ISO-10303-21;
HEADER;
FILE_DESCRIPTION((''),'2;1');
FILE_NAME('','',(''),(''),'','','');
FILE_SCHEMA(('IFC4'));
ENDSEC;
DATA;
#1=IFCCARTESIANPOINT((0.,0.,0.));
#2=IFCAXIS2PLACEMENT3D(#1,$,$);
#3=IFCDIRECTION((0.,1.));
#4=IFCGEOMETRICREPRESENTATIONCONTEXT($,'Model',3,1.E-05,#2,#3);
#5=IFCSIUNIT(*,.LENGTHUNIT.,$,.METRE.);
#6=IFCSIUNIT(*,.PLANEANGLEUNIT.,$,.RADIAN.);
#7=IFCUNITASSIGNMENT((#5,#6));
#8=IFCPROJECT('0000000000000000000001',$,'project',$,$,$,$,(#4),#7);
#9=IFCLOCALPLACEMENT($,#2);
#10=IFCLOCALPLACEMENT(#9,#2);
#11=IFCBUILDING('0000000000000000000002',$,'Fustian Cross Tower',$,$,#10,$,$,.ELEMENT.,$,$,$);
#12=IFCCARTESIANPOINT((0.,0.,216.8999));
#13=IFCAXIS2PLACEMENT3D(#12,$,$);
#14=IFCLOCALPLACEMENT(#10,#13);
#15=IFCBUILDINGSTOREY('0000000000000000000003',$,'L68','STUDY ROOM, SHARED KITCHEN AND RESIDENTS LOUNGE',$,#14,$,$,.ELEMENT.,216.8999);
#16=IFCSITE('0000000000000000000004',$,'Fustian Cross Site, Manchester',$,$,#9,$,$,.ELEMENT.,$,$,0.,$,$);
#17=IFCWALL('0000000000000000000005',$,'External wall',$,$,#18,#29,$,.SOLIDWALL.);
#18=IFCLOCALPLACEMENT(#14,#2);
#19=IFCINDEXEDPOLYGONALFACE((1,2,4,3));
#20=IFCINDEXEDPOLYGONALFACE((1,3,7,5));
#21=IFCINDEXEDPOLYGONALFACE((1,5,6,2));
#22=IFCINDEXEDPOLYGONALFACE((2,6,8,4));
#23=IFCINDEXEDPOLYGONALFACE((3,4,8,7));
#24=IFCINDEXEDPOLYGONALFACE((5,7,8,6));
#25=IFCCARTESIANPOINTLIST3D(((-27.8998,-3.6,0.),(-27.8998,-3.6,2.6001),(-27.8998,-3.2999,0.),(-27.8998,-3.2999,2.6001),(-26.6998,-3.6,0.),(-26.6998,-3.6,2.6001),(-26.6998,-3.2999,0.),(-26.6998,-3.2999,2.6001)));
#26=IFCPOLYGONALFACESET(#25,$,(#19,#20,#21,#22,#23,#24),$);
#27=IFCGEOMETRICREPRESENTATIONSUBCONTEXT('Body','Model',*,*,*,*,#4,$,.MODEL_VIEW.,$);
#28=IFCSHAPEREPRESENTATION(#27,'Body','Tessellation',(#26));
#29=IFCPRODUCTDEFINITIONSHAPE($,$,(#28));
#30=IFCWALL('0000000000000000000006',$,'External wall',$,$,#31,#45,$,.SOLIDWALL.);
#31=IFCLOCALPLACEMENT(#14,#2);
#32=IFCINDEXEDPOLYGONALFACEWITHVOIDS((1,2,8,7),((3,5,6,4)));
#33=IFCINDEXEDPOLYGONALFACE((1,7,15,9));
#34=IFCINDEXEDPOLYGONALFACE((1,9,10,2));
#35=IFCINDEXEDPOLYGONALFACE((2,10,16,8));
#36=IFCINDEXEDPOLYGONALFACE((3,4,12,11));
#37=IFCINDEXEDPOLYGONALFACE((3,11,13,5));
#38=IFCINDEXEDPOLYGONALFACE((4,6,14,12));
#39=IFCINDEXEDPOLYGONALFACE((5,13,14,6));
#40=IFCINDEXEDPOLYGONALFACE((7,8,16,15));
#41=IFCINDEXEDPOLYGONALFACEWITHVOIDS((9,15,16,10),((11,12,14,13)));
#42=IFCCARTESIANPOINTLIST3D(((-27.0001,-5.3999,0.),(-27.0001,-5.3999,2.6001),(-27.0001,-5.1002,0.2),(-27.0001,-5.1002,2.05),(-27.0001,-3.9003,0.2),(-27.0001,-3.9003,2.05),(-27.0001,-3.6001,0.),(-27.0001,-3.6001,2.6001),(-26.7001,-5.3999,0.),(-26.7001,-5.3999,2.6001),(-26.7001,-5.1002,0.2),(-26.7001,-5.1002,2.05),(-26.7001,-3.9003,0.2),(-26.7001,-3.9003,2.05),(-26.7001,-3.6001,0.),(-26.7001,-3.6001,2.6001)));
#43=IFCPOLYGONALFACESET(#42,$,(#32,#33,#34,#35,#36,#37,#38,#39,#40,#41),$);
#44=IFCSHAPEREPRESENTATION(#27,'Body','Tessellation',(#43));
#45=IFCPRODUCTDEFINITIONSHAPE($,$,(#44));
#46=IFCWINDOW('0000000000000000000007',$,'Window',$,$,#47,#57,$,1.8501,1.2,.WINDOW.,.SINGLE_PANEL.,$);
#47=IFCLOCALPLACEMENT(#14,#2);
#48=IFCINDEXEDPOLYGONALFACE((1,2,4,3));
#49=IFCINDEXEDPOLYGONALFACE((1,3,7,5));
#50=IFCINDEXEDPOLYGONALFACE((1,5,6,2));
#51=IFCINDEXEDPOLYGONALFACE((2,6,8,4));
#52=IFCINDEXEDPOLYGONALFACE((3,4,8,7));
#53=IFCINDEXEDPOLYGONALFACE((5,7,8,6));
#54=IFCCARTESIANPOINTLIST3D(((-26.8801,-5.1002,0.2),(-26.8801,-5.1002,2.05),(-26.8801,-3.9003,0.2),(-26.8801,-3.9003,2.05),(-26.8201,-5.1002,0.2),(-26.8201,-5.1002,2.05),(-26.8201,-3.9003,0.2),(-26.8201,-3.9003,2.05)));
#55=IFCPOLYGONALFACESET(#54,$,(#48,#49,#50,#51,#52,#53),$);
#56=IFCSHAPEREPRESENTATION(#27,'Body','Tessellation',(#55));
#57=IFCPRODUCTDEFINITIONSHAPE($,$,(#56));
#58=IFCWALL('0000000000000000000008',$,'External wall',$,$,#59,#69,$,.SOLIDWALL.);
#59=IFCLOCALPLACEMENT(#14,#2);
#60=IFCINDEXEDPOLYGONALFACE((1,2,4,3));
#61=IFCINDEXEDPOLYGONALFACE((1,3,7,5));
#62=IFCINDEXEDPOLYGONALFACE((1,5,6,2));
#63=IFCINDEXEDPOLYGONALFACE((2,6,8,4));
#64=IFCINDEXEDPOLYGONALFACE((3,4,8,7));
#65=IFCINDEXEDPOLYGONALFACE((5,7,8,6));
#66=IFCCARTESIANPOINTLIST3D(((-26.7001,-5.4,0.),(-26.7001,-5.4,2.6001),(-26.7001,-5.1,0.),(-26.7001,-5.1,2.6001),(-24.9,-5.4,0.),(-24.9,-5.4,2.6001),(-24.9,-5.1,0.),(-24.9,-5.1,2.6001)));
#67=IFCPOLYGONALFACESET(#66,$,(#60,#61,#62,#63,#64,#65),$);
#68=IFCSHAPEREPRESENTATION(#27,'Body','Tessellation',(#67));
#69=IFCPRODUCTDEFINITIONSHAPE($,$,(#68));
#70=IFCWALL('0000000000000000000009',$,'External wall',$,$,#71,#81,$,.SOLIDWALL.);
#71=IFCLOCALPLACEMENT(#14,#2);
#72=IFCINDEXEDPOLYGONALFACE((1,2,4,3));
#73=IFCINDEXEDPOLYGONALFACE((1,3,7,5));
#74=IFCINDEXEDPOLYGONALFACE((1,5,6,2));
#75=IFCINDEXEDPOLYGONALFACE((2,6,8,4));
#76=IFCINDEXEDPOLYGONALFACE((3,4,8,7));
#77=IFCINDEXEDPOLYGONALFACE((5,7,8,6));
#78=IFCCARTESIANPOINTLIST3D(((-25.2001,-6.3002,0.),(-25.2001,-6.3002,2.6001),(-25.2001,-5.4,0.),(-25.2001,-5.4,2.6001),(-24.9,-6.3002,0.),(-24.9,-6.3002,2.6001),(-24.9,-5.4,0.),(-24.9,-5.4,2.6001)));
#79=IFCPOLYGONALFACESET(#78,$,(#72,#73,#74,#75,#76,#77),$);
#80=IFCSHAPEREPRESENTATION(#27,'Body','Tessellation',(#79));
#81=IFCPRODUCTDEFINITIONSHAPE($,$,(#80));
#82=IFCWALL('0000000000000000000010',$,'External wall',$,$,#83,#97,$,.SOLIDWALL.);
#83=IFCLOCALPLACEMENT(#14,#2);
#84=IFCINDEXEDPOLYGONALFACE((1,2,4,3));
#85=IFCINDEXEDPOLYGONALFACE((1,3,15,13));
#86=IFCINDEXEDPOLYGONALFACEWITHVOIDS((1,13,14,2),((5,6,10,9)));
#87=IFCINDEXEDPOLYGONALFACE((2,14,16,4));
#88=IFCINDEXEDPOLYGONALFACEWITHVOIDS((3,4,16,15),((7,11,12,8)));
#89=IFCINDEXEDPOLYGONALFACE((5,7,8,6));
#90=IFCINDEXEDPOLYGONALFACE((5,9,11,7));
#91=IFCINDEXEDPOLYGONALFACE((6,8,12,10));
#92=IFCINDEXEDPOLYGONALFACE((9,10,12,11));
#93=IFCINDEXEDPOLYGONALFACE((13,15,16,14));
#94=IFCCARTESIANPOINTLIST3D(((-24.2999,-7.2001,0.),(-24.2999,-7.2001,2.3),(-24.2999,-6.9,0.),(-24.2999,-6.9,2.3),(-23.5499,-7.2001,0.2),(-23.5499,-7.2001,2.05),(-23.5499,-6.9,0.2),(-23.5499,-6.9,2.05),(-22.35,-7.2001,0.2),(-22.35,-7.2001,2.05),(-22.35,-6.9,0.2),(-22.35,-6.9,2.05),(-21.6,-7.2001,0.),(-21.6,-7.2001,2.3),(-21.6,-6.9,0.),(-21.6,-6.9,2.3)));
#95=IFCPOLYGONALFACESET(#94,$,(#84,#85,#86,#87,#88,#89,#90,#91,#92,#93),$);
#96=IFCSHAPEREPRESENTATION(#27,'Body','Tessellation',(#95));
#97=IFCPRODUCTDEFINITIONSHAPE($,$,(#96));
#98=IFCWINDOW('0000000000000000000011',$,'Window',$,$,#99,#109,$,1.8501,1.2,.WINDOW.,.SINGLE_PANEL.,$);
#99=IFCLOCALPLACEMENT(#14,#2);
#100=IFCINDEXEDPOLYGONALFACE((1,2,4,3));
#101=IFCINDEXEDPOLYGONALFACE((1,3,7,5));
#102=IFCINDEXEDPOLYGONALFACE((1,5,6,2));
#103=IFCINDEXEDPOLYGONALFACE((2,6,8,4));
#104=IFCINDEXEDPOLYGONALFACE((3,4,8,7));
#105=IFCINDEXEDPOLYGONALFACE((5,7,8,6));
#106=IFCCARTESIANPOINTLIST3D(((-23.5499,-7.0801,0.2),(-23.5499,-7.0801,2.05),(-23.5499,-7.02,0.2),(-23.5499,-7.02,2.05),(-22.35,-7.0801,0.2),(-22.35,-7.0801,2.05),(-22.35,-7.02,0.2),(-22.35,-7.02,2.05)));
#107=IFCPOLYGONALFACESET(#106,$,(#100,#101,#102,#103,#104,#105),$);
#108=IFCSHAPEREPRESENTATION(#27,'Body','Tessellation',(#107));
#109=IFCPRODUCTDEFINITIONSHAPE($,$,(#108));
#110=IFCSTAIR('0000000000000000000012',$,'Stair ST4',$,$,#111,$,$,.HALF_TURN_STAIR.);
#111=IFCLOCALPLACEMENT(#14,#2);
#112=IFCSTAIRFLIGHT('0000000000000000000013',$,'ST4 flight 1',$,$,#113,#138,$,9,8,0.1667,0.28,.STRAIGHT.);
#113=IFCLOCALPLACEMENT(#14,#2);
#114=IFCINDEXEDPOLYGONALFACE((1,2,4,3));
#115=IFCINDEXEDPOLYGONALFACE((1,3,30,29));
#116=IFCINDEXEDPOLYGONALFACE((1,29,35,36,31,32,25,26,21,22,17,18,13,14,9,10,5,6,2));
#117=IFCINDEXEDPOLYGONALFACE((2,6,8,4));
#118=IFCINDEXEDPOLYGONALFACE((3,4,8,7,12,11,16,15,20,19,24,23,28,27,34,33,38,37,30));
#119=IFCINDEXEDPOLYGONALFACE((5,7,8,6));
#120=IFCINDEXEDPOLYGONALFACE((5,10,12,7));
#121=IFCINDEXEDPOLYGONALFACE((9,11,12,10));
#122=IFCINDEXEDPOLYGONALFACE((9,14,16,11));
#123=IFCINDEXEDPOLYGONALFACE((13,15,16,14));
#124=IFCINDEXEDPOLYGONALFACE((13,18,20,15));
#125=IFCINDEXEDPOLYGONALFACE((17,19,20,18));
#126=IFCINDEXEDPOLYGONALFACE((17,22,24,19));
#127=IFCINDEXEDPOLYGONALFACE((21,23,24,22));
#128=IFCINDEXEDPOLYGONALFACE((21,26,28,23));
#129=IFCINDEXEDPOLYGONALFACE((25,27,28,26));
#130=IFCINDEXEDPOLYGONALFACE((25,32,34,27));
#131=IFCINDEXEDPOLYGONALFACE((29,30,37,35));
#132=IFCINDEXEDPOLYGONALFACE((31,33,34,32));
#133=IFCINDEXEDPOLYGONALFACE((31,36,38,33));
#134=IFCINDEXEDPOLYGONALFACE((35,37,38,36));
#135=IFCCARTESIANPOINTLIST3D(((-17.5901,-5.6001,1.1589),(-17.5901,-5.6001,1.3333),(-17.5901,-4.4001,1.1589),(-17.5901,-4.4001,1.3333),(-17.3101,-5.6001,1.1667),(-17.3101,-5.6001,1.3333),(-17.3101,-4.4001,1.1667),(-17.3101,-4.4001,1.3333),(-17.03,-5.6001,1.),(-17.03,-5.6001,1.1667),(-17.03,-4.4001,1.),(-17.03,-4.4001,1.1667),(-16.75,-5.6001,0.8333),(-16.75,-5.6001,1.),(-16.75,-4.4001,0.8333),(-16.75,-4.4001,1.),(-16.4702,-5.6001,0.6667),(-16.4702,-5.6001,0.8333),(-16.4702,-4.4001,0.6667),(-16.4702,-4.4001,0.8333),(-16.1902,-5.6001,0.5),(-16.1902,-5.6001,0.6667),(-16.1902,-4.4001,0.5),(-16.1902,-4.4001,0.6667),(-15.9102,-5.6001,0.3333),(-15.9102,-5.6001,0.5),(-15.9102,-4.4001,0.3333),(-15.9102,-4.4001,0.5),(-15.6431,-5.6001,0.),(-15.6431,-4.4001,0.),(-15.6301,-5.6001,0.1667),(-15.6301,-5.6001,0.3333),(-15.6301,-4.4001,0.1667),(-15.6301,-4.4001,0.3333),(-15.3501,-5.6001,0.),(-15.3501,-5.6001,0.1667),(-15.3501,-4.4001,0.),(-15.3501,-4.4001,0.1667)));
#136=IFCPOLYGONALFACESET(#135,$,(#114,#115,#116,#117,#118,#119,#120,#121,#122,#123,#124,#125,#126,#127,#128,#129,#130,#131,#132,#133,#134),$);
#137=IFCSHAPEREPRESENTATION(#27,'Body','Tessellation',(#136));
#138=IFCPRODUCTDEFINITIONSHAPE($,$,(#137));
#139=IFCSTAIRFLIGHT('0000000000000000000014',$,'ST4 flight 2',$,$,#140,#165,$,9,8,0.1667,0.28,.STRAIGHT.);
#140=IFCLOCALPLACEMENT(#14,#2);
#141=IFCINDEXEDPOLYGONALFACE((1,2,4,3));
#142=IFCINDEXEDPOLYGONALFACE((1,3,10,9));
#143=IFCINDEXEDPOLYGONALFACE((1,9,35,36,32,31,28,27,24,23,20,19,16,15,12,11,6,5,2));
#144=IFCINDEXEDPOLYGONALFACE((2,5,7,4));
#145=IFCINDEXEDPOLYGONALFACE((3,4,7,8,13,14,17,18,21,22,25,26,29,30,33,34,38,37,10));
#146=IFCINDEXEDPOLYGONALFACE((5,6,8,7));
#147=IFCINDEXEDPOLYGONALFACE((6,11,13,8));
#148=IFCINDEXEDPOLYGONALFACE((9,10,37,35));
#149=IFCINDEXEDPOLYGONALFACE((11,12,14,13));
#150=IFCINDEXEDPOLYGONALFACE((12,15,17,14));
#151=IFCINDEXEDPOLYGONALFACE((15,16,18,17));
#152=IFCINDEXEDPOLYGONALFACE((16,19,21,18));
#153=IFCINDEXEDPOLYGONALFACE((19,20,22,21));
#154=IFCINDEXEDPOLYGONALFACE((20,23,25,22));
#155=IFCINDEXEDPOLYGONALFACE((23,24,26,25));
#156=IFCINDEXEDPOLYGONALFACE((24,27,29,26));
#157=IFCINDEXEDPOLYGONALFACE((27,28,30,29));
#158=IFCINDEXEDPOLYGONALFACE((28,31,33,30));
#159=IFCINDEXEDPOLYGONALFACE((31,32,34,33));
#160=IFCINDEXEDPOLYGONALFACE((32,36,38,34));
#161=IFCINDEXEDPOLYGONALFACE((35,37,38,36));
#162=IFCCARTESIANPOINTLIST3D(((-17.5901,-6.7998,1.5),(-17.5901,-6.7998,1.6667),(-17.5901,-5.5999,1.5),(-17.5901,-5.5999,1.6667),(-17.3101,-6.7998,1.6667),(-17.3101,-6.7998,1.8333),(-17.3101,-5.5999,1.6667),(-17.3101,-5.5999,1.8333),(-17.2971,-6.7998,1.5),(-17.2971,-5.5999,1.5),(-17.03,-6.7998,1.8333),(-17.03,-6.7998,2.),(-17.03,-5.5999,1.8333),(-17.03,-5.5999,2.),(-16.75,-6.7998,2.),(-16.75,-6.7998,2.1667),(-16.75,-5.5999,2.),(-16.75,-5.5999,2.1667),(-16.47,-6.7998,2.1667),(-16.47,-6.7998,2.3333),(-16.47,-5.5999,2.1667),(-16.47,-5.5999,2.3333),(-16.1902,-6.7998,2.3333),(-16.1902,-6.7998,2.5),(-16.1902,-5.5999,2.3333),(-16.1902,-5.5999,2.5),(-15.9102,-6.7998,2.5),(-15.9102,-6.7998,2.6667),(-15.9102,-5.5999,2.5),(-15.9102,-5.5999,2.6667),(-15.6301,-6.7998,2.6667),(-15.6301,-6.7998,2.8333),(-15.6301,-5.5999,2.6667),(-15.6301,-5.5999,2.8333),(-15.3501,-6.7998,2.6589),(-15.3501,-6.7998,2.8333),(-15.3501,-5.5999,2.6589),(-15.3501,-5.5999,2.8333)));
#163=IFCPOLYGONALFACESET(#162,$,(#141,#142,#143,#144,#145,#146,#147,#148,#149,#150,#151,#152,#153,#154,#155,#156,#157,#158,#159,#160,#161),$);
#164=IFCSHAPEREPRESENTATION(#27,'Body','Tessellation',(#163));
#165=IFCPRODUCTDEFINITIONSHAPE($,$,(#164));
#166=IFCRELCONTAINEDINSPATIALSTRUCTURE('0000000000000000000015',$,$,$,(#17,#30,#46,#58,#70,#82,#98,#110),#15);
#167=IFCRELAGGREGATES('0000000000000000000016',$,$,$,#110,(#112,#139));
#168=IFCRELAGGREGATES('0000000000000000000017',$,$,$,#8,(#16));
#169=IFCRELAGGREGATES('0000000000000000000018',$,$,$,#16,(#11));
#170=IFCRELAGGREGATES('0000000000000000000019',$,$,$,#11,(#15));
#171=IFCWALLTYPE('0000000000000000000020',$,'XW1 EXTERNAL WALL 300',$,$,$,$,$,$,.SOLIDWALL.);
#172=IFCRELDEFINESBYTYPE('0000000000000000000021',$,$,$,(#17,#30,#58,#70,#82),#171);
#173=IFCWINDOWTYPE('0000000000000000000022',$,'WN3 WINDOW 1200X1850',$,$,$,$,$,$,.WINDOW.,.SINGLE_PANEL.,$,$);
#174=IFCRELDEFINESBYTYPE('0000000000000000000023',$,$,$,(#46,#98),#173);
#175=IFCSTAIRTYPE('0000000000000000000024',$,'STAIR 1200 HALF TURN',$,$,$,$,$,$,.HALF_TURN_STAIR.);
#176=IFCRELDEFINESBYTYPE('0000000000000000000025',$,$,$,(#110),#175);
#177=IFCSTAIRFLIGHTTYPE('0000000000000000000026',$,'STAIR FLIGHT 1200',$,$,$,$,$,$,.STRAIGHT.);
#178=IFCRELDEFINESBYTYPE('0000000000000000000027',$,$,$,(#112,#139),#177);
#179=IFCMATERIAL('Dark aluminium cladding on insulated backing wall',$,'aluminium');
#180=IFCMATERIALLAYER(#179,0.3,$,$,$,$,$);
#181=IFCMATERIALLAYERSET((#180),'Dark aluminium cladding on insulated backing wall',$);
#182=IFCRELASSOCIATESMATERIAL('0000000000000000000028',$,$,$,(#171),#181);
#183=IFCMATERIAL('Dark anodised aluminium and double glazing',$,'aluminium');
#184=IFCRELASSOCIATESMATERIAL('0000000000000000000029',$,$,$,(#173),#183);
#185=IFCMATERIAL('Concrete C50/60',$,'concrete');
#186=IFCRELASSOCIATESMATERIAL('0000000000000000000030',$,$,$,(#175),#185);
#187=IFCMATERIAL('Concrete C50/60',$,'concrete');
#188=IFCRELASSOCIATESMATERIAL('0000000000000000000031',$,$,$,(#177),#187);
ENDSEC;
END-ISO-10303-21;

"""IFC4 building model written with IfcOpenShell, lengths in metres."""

from ifc_helpers import new_model, si_unit, direction, frame, frame_2d, origin, place, context, subcontext, project, spatial, polyline, rectangle, outline, extrude, material, layer, layer_set, type_object, element, fill, aggregate, save


model = new_model("IFC4")

# Units and contexts
model_context = context("Model", 3, precision=1e-05, world=origin(), true_north=direction((0.0, 1.0)))
body_context = subcontext(model_context, "Body", "Model", "MODEL_VIEW")
ifc_project = project(units=[si_unit("LENGTHUNIT", "METRE"), si_unit("PLANEANGLEUNIT", "RADIAN")], contexts=[model_context])

# Site, building, storey
site_placement = place(None, origin())
site = spatial("IfcSite", under=ifc_project, at=site_placement, Name="Fustian Cross Site, Manchester", CompositionType="ELEMENT", RefElevation=0.0)
building_placement = place(site_placement, origin())
building = spatial("IfcBuilding", under=site, at=building_placement, Name="Fustian Cross Tower", CompositionType="ELEMENT")
storey_placement = place(building_placement, frame((0.0, 0.0, 216.8999)))
storey = spatial("IfcBuildingStorey", under=building, at=storey_placement, Name="L68", Description="STUDY ROOM, SHARED KITCHEN AND RESIDENTS LOUNGE", CompositionType="ELEMENT", Elevation=216.8999)

# Wall
ifc_material_1 = material(Name="Dark aluminium cladding on insulated backing wall", Category="aluminium")
ifc_layer_1 = layer(ifc_material_1, 0.3)
ifc_layer_set_1 = layer_set([ifc_layer_1], Name="Dark aluminium cladding on insulated backing wall")
wall_type_1 = type_object("IfcWallType", Name="XW1 EXTERNAL WALL 300", PredefinedType="SOLIDWALL", material=ifc_layer_set_1)
wall_1_placement = place(storey_placement, frame((-27.8999, -3.45, 0.0), z_axis=(0.0, 0.0, 1.0), x_axis=(1.0, 0.0, 0.0)))
element("IfcWall", 1, at=wall_1_placement, inside=storey, type_object=wall_type_1, Name="External wall", PredefinedType="SOLIDWALL", context=body_context, shape_type="SweptSolid", body=[
    extrude(rectangle(XDim=1.2, YDim=0.3, at=frame_2d((0.6001, 0.0))), origin(), (0.0, 0.0, 1.0), 2.6001),
])

# Wall, opening, window
wall_2_placement = place(storey_placement, frame((-26.8501, -3.6001, 0.0), z_axis=(0.0, 0.0, 1.0), x_axis=(0.0, -1.0, 0.0)))
wall_2 = element("IfcWall", 2, at=wall_2_placement, inside=storey, type_object=wall_type_1, Name="External wall", PredefinedType="SOLIDWALL", context=body_context, shape_type="SweptSolid", body=[
    extrude(rectangle(XDim=1.7998, YDim=0.3, at=frame_2d((0.8999, 0.0))), origin(), (0.0, 0.0, 1.0), 2.6001),
])
opening_1_placement = place(wall_2_placement, frame((0.3, 0.0, 0.2)))
opening_1 = element("IfcOpeningElement", 3, at=opening_1_placement, cuts=wall_2, PredefinedType="OPENING", context=body_context, shape_type="SweptSolid", body=[
    extrude(rectangle(XDim=1.2, YDim=1.8501, at=frame_2d((0.6001, 0.925))), frame((0.0, 0.1599, 0.0), z_axis=(0.0, -1.0, 0.0), x_axis=(1.0, 0.0, 0.0)), (0.0, 0.0, 1.0), 0.3201),
])
ifc_material_2 = material(Name="Dark anodised aluminium and double glazing", Category="aluminium")
window_type = type_object("IfcWindowType", Name="WN3 WINDOW 1200X1850", PartitioningType="SINGLE_PANEL", PredefinedType="WINDOW", material=ifc_material_2)
window_1_placement = place(opening_1_placement, origin())
window_1 = element("IfcWindow", 4, at=window_1_placement, inside=storey, type_object=window_type, Name="Window", OverallHeight=1.8501, OverallWidth=1.2, PartitioningType="SINGLE_PANEL", PredefinedType="WINDOW", context=body_context, shape_type="SweptSolid", body=[
    extrude(rectangle(XDim=1.2, YDim=1.8501, at=frame_2d((0.6001, 0.925))), frame((0.0, 0.03, 0.0), z_axis=(0.0, -1.0, 0.0), x_axis=(1.0, 0.0, 0.0)), (0.0, 0.0, 1.0), 0.0601),
])
fill(opening_1, window_1)

# Walls
wall_3_placement = place(storey_placement, frame((-26.7, -5.25, 0.0), z_axis=(0.0, 0.0, 1.0), x_axis=(1.0, 0.0, 0.0)))
element("IfcWall", 5, at=wall_3_placement, inside=storey, type_object=wall_type_1, Name="External wall", PredefinedType="SOLIDWALL", context=body_context, shape_type="SweptSolid", body=[
    extrude(rectangle(XDim=1.8, YDim=0.3, at=frame_2d((0.8999, 0.0))), origin(), (0.0, 0.0, 1.0), 2.6001),
])
wall_4_placement = place(storey_placement, frame((-25.05, -5.3999, 0.0), z_axis=(0.0, 0.0, 1.0), x_axis=(0.0, -1.0, 0.0)))
element("IfcWall", 6, at=wall_4_placement, inside=storey, type_object=wall_type_1, Name="External wall", PredefinedType="SOLIDWALL", context=body_context, shape_type="SweptSolid", body=[
    extrude(rectangle(XDim=0.9001, YDim=0.3, at=frame_2d((0.4502, 0.0))), origin(), (0.0, 0.0, 1.0), 2.6001),
])

# Wall, opening, window
wall_5_placement = place(storey_placement, frame((-24.3, -7.05, 0.0), z_axis=(0.0, 0.0, 1.0), x_axis=(1.0, 0.0, 0.0)))
wall_5 = element("IfcWall", 7, at=wall_5_placement, inside=storey, type_object=wall_type_1, Name="External wall", PredefinedType="SOLIDWALL", context=body_context, shape_type="SweptSolid", body=[
    extrude(rectangle(XDim=2.7, YDim=0.3, at=frame_2d((1.3501, 0.0))), origin(), (0.0, 0.0, 1.0), 2.3),
])
opening_2_placement = place(wall_5_placement, frame((0.75, 0.0, 0.2)))
opening_2 = element("IfcOpeningElement", 8, at=opening_2_placement, cuts=wall_5, PredefinedType="OPENING", context=body_context, shape_type="SweptSolid", body=[
    extrude(rectangle(XDim=1.2, YDim=1.8501, at=frame_2d((0.6001, 0.925))), frame((0.0, 0.1599, 0.0), z_axis=(0.0, -1.0, 0.0), x_axis=(1.0, 0.0, 0.0)), (0.0, 0.0, 1.0), 0.3201),
])
window_2_placement = place(opening_2_placement, origin())
window_2 = element("IfcWindow", 9, at=window_2_placement, inside=storey, type_object=window_type, Name="Window", OverallHeight=1.8501, OverallWidth=1.2, PartitioningType="SINGLE_PANEL", PredefinedType="WINDOW", context=body_context, shape_type="SweptSolid", body=[
    extrude(rectangle(XDim=1.2, YDim=1.8501, at=frame_2d((0.6001, 0.925))), frame((0.0, 0.03, 0.0), z_axis=(0.0, -1.0, 0.0), x_axis=(1.0, 0.0, 0.0)), (0.0, 0.0, 1.0), 0.0601),
])
fill(opening_2, window_2)

# Stair, stair flights
ifc_material_3 = material(Name="Concrete C50/60", Category="concrete")
stair_type = type_object("IfcStairType", Name="STAIR 1200 HALF TURN", PredefinedType="HALF_TURN_STAIR", material=ifc_material_3)
stair_placement = place(storey_placement, origin())
stair = element("IfcStair", 10, at=stair_placement, inside=storey, type_object=stair_type, Name="Stair ST4", PredefinedType="HALF_TURN_STAIR")
ifc_material_4 = material(Name="Concrete C50/60", Category="concrete")
stair_flight_type = type_object("IfcStairFlightType", Name="STAIR FLIGHT 1200", PredefinedType="STRAIGHT", material=ifc_material_4)
stair_flight_1_placement = place(storey_placement, frame((-15.3501, -5.0, 0.0), z_axis=(0.0, 0.0, 1.0), x_axis=(-1.0, 0.0, 0.0)))
stair_flight_1 = element("IfcStairFlight", 11, at=stair_flight_1_placement, type_object=stair_flight_type, Name="ST4 flight 1", NumberOfRisers=9, NumberOfTreads=8, PredefinedType="STRAIGHT", RiserHeight=0.1667, TreadLength=0.28, context=body_context, shape_type="SweptSolid", body=[
    extrude(outline(polyline([(0.0, 0.0), (0.0, 0.1667), (0.28, 0.1667), (0.28, 0.3333), (0.5601, 0.3333), (0.5601, 0.5), (0.8401, 0.5), (0.8401, 0.6667), (1.1201, 0.6667), (1.1201, 0.8333), (1.3999, 0.8333), (1.3999, 1.0), (1.6799, 1.0), (1.6799, 1.1667), (1.96, 1.1667), (1.96, 1.3333), (2.24, 1.3333), (2.24, 1.5), (2.24, 1.1589), (0.293, 0.0), (0.0, 0.0)])), frame((0.0, 0.6001, 0.0), z_axis=(0.0, -1.0, 0.0), x_axis=(1.0, 0.0, 0.0)), (0.0, 0.0, 1.0), 1.2),
])
stair_flight_2_placement = place(storey_placement, frame((-17.5901, -6.2, 1.5), z_axis=(0.0, 0.0, 1.0), x_axis=(1.0, 0.0, 0.0)))
stair_flight_2 = element("IfcStairFlight", 12, at=stair_flight_2_placement, type_object=stair_flight_type, Name="ST4 flight 2", NumberOfRisers=9, NumberOfTreads=8, PredefinedType="STRAIGHT", RiserHeight=0.1667, TreadLength=0.28, context=body_context, shape_type="SweptSolid", body=[
    extrude(outline(polyline([(0.0, 0.0), (0.0, 0.1667), (0.28, 0.1667), (0.28, 0.3333), (0.5601, 0.3333), (0.5601, 0.5), (0.8401, 0.5), (0.8401, 0.6667), (1.1201, 0.6667), (1.1201, 0.8333), (1.3999, 0.8333), (1.3999, 1.0), (1.6799, 1.0), (1.6799, 1.1667), (1.96, 1.1667), (1.96, 1.3333), (2.24, 1.3333), (2.24, 1.5), (2.24, 1.1589), (0.293, 0.0), (0.0, 0.0)])), frame((0.0, 0.6001, 0.0), z_axis=(0.0, -1.0, 0.0), x_axis=(1.0, 0.0, 0.0)), (0.0, 0.0, 1.0), 1.2),
])
aggregate(stair, [stair_flight_1, stair_flight_2])

save(model, "model.ifc")
